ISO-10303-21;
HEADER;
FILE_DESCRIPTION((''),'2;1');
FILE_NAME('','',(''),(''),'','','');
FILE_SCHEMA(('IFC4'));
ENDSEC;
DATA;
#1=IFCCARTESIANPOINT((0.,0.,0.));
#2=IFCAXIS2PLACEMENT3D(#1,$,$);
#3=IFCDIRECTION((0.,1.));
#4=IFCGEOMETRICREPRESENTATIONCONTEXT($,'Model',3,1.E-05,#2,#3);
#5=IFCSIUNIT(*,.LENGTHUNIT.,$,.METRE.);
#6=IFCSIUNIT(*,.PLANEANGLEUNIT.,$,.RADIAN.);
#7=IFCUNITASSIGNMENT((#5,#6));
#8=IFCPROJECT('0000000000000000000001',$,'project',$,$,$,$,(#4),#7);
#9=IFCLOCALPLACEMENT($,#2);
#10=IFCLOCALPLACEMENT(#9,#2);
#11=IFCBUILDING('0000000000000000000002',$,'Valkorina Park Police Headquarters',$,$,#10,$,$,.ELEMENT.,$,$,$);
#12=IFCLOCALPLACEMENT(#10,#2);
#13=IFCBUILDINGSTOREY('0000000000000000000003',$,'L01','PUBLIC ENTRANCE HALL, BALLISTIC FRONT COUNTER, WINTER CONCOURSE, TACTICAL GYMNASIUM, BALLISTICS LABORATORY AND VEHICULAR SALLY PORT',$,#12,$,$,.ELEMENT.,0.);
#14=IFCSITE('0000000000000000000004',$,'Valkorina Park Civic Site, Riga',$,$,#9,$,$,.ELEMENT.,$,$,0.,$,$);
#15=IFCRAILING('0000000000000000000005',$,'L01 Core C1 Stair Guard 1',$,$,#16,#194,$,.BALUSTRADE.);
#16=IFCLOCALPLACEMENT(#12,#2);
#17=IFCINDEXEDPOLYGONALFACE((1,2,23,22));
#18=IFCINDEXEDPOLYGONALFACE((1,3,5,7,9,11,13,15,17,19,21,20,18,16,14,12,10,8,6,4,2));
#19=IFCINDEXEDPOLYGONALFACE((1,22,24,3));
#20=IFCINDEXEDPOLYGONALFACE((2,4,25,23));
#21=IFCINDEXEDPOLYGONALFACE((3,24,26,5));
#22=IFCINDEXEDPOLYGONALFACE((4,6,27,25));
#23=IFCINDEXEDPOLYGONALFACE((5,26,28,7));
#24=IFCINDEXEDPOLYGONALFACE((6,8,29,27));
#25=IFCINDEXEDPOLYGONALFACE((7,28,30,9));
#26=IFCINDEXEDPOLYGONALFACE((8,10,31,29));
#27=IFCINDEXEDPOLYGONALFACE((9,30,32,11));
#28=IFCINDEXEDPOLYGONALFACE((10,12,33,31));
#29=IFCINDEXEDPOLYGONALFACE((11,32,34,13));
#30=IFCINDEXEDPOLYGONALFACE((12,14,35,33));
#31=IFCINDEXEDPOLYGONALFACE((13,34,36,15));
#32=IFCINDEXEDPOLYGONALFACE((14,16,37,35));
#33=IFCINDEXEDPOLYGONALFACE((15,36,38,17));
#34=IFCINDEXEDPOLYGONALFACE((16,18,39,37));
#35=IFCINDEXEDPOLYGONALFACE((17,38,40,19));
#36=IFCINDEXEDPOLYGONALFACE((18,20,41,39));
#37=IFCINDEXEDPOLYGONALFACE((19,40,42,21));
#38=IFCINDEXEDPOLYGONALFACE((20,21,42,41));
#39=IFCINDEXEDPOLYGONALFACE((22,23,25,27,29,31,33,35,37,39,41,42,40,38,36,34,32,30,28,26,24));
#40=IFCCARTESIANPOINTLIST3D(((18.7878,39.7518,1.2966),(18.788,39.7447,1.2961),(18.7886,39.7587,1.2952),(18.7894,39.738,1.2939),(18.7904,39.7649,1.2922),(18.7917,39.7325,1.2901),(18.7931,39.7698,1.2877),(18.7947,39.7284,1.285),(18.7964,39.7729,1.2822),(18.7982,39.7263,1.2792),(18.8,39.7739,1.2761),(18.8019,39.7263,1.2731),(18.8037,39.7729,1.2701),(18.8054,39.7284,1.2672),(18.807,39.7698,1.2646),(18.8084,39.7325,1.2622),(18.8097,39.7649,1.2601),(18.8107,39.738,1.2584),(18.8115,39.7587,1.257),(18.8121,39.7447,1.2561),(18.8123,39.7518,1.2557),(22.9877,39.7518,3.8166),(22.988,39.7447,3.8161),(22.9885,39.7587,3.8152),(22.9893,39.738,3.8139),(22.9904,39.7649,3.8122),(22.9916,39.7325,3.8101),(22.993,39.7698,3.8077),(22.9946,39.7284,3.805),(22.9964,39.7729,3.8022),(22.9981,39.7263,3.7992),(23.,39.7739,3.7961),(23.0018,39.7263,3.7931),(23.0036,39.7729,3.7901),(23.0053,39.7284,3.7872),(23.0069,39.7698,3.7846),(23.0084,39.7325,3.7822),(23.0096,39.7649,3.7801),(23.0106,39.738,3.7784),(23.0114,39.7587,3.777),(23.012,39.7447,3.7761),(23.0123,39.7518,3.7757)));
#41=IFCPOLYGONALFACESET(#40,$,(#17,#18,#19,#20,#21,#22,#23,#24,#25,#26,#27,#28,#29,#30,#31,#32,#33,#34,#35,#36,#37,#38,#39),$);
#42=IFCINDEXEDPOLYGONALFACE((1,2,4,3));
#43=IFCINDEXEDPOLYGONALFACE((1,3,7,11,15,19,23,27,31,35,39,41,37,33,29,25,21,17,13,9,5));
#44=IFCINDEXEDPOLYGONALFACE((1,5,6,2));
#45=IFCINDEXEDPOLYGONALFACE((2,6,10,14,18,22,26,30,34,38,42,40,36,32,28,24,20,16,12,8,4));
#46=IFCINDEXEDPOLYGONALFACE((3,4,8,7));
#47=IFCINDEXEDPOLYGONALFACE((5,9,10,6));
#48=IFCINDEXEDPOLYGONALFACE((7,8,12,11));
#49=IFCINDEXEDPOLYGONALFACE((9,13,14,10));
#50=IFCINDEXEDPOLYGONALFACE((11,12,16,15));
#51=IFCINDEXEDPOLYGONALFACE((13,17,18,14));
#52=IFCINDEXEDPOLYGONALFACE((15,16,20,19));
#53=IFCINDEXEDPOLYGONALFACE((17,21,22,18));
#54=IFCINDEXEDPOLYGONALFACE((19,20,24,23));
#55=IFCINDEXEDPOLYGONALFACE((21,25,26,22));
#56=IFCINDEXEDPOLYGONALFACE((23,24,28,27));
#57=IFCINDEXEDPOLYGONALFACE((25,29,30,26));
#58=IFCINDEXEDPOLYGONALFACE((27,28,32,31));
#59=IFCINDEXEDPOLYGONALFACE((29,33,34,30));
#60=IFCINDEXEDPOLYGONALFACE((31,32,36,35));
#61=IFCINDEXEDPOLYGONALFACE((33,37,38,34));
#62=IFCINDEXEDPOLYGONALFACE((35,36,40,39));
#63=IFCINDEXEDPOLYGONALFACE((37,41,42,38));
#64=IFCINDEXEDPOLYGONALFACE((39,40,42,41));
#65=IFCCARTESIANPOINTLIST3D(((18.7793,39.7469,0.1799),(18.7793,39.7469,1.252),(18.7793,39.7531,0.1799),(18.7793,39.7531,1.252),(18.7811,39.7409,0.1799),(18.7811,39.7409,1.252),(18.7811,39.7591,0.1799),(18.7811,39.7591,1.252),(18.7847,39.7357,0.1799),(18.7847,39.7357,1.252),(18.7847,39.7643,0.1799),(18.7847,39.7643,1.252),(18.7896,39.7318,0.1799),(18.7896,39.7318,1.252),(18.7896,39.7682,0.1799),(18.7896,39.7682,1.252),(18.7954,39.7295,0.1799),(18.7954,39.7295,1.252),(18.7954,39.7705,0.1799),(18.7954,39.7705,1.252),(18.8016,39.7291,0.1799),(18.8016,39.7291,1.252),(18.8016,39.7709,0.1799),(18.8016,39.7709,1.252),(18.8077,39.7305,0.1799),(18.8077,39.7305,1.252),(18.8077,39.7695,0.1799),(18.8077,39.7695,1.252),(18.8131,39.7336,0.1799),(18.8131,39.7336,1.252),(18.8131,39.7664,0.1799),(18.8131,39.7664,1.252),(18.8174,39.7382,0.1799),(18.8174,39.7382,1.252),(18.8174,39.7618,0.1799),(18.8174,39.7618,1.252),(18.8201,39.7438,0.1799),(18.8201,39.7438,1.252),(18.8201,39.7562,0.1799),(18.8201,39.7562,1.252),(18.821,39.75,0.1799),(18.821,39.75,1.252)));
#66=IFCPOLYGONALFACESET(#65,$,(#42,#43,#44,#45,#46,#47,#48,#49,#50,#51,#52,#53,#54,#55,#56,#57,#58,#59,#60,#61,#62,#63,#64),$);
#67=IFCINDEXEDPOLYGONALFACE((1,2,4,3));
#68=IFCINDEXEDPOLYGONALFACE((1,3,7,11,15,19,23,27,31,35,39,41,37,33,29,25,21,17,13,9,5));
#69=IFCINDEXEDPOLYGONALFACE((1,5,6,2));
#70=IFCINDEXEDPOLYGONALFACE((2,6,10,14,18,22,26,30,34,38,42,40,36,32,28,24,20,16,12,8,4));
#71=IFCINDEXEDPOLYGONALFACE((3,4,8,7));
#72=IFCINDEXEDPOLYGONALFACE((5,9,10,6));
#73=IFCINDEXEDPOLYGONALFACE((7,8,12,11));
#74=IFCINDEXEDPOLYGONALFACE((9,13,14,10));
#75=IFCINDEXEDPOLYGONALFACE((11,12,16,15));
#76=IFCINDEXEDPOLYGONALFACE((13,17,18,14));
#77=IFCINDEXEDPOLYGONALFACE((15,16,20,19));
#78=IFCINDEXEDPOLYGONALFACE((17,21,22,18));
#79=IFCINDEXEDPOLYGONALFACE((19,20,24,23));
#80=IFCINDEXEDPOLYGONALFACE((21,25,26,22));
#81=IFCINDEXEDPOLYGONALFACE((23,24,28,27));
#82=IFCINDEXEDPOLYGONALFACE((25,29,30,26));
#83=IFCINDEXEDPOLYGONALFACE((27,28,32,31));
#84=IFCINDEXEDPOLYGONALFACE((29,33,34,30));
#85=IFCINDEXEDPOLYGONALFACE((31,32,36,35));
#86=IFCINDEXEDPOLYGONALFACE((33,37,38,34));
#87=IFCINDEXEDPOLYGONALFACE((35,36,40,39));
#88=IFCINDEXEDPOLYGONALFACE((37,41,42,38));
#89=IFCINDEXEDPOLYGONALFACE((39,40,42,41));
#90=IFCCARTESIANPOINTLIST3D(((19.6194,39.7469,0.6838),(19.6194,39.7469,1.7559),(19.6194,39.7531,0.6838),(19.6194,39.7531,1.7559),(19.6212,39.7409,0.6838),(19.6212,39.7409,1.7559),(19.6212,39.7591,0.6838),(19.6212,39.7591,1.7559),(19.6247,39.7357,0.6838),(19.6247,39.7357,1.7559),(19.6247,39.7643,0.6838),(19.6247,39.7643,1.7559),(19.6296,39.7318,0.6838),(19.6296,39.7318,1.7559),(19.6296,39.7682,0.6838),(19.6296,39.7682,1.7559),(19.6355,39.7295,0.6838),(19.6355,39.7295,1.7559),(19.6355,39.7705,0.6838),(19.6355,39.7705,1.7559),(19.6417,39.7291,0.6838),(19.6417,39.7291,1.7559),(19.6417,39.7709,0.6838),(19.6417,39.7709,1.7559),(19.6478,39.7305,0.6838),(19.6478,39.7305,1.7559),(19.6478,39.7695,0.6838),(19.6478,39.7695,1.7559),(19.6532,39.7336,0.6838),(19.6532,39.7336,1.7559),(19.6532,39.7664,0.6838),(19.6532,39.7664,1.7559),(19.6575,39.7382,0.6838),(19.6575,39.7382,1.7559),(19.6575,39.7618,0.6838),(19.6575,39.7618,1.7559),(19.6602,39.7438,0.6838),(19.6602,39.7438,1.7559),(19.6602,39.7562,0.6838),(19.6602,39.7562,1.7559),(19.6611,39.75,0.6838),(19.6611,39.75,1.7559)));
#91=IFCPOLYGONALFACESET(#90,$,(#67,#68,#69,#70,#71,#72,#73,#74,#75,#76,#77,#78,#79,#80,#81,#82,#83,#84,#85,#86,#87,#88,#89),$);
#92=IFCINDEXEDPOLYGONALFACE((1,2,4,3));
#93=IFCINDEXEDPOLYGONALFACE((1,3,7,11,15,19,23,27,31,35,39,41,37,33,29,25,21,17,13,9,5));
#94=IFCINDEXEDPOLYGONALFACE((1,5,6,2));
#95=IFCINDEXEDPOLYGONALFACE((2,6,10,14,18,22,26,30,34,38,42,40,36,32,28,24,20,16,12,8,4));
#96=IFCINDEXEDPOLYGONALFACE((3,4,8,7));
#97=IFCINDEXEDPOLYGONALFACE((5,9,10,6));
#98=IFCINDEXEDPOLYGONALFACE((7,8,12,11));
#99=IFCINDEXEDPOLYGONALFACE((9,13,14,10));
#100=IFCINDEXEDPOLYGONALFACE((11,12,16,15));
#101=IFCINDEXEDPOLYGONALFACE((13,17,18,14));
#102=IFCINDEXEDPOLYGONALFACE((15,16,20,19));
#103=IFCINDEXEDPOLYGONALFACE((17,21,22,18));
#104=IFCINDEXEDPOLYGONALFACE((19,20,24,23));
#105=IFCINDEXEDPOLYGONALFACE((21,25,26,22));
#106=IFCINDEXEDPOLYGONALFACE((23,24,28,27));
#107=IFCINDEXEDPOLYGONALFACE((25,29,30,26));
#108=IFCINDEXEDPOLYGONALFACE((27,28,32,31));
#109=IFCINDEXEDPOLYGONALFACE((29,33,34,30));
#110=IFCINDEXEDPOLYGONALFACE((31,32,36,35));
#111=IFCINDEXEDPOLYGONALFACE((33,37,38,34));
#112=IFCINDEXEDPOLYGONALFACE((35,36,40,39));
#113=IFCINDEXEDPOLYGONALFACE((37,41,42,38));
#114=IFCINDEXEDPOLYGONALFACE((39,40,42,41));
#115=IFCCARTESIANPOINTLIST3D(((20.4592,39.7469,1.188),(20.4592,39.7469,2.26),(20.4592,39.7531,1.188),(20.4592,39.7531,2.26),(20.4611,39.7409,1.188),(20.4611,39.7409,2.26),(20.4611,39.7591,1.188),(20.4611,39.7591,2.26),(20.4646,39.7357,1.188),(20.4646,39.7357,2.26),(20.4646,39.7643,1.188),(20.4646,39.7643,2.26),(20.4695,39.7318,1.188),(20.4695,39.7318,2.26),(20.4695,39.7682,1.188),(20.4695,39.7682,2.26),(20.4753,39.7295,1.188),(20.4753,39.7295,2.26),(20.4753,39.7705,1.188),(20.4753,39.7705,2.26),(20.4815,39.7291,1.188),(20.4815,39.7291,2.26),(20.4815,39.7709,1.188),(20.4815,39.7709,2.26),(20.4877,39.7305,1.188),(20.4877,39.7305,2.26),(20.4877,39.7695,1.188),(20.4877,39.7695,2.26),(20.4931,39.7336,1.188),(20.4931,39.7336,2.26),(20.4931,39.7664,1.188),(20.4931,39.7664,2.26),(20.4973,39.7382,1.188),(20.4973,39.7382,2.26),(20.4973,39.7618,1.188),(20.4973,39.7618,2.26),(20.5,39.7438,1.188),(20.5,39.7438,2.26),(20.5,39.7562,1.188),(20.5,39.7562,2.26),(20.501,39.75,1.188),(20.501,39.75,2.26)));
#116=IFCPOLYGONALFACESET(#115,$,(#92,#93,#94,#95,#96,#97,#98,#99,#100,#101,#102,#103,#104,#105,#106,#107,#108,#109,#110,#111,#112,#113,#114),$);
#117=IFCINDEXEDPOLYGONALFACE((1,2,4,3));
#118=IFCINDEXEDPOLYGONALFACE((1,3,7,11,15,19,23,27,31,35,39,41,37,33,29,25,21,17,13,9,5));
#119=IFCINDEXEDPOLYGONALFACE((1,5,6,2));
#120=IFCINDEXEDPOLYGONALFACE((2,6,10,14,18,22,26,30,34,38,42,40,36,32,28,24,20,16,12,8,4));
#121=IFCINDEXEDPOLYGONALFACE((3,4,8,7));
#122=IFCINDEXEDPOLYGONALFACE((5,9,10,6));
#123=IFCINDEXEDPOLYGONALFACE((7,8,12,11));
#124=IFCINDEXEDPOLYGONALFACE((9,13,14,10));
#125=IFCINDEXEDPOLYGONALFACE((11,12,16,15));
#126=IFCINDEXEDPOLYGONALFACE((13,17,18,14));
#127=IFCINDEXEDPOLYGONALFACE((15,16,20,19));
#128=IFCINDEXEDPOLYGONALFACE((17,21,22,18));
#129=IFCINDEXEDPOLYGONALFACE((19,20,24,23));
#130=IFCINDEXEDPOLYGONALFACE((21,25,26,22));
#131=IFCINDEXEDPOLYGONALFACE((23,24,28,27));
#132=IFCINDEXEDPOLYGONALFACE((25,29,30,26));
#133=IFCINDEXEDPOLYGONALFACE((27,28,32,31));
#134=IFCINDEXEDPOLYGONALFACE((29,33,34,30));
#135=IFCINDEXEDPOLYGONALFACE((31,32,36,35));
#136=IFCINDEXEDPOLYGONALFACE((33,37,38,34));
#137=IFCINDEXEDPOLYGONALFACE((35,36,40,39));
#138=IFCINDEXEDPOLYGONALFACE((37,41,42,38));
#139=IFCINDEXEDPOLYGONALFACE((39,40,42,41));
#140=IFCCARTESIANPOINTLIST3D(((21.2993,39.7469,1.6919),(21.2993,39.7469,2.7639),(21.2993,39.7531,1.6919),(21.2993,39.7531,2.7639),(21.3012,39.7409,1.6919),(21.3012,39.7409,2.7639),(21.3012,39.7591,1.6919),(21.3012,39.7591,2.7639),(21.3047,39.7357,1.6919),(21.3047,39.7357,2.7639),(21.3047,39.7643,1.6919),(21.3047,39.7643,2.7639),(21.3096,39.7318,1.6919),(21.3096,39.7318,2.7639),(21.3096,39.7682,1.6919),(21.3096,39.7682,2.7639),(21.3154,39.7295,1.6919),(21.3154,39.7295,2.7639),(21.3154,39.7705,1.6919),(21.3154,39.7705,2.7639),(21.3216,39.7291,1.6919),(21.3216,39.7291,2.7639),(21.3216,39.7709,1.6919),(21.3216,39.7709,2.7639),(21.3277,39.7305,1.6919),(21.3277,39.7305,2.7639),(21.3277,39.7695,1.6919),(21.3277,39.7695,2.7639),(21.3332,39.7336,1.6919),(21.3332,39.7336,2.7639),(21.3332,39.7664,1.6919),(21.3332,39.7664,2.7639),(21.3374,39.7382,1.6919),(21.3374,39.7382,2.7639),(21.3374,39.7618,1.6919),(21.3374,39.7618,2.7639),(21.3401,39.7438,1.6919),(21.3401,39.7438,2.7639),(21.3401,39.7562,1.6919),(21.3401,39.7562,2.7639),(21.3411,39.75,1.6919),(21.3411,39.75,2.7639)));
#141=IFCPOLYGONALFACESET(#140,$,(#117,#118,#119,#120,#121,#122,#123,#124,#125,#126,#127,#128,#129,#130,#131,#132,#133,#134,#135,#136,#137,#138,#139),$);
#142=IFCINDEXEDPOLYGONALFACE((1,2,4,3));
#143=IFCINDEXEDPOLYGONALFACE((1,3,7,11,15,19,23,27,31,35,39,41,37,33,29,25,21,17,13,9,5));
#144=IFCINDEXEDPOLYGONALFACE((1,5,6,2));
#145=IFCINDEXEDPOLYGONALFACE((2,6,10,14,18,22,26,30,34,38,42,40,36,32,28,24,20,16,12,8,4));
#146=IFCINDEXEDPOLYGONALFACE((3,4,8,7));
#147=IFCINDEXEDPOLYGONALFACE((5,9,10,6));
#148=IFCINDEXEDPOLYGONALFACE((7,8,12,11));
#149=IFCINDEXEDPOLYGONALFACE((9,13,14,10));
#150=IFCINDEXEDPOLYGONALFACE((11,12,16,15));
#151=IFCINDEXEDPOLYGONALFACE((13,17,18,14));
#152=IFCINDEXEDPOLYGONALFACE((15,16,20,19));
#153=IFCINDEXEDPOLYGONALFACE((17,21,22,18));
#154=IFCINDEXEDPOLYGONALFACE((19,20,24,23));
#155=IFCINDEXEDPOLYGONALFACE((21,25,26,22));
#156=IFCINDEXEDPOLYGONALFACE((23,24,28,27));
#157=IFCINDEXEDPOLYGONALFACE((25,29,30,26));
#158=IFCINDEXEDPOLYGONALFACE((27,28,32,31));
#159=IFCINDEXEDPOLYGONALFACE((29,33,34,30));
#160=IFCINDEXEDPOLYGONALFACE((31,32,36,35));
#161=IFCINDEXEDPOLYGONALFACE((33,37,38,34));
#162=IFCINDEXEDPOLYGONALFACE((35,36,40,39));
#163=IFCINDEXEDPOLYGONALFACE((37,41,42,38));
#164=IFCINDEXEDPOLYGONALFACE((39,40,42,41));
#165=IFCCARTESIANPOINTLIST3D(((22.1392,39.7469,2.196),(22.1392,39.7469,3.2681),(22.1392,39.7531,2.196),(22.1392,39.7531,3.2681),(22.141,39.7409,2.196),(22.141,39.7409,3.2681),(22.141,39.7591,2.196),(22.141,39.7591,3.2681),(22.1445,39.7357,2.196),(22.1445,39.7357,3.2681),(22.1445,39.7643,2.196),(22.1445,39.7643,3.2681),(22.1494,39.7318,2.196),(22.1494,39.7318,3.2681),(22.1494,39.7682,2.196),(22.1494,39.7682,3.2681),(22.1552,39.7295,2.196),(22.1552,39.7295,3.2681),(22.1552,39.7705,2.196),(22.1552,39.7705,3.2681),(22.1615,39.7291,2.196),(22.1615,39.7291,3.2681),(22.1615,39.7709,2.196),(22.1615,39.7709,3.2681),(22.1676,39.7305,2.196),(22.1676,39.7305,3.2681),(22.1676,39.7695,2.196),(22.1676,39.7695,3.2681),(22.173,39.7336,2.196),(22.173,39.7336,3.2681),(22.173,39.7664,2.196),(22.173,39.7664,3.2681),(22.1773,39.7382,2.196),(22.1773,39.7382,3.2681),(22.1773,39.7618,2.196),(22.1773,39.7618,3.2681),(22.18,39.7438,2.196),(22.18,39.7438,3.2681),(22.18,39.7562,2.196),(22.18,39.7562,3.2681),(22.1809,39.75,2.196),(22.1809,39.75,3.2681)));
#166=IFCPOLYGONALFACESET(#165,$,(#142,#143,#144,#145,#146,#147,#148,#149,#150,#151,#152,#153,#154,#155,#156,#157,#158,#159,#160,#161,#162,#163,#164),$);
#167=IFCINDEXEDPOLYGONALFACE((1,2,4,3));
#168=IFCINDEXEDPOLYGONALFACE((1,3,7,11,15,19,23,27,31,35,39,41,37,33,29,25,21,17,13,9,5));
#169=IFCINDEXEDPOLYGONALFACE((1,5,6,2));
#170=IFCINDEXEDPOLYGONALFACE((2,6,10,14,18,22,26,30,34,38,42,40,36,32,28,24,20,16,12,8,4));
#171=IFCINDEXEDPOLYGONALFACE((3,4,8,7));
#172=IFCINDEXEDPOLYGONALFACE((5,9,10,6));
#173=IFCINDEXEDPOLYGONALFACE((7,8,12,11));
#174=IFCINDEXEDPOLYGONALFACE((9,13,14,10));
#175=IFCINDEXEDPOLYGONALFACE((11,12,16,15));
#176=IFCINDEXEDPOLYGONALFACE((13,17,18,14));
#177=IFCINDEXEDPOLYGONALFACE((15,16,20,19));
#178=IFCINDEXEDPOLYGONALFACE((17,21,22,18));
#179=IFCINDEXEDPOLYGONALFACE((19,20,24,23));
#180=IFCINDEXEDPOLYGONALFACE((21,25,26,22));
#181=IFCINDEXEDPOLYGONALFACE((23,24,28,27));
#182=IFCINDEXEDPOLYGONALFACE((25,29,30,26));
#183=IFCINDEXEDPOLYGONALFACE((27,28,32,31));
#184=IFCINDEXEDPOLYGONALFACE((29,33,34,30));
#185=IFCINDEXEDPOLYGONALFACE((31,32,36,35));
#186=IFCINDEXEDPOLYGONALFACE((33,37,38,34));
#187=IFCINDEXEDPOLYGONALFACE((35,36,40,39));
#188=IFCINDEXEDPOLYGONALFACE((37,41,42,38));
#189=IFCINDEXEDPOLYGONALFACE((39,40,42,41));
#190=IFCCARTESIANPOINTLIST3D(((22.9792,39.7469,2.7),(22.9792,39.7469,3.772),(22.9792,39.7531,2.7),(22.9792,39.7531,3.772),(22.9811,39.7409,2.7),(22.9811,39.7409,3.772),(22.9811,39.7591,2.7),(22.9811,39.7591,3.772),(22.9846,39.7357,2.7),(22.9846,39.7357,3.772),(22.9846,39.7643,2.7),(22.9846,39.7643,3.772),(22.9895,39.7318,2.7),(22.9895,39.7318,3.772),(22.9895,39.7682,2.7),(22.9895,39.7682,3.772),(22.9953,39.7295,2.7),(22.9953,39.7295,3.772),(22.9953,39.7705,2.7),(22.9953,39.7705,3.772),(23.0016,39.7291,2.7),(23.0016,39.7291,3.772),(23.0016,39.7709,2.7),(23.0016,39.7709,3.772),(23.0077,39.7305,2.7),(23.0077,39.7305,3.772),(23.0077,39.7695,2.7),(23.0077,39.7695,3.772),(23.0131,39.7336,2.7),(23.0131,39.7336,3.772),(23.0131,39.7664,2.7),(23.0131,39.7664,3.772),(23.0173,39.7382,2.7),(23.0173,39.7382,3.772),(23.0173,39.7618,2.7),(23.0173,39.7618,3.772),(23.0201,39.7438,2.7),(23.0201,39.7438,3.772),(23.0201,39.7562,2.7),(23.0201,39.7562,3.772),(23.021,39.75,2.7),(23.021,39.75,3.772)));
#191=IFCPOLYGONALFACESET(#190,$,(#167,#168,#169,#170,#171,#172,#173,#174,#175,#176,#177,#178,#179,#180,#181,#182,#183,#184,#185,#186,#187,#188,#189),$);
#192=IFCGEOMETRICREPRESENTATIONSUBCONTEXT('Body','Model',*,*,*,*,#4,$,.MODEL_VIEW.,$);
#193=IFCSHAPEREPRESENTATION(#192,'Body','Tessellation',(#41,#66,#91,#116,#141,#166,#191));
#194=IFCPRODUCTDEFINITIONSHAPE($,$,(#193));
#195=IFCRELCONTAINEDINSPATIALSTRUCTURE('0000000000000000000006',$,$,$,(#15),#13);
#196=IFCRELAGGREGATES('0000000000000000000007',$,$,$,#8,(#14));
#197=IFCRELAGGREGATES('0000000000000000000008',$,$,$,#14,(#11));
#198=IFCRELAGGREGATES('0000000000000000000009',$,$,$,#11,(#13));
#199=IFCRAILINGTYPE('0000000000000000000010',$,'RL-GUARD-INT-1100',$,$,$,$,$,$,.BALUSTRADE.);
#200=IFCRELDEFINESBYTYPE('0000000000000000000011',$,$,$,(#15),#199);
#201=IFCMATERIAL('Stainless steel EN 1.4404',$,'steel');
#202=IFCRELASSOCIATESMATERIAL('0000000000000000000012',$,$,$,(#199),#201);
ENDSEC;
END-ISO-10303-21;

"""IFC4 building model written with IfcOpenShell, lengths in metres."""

from ifc_helpers import new_model, si_unit, direction, frame, origin, origin_2d, place, context, subcontext, project, spatial, circle, extrude, material, type_object, element, save


model = new_model("IFC4")

# Units and contexts
model_context = context("Model", 3, precision=1e-05, world=origin(), true_north=direction((0.0, 1.0)))
body_context = subcontext(model_context, "Body", "Model", "MODEL_VIEW")
ifc_project = project(units=[si_unit("LENGTHUNIT", "METRE"), si_unit("PLANEANGLEUNIT", "RADIAN")], contexts=[model_context])

# Site, building, storey
site_placement = place(None, origin())
site = spatial("IfcSite", under=ifc_project, at=site_placement, Name="Valkorina Park Civic Site, Riga", CompositionType="ELEMENT", RefElevation=0.0)
building_placement = place(site_placement, origin())
building = spatial("IfcBuilding", under=site, at=building_placement, Name="Valkorina Park Police Headquarters", CompositionType="ELEMENT")
storey_placement = place(building_placement, origin())
storey = spatial("IfcBuildingStorey", under=building, at=storey_placement, Name="L01", Description="PUBLIC ENTRANCE HALL, BALLISTIC FRONT COUNTER, WINTER CONCOURSE, TACTICAL GYMNASIUM, BALLISTICS LABORATORY AND VEHICULAR SALLY PORT", CompositionType="ELEMENT", Elevation=0.0)

# Shared definitions
ifc_material_1 = material(Name="Stainless steel EN 1.4404", Category="steel")

# Railing
railing_type_1 = type_object("IfcRailingType", Name="RL-GUARD-INT-1100", PredefinedType="BALUSTRADE", material=ifc_material_1)
railing_1_placement = place(storey_placement, frame((18.8, 39.75, 0.1799)))
element("IfcRailing", 1, at=railing_1_placement, inside=storey, type_object=railing_type_1, Name="L01 Core C1 Stair Guard 1", PredefinedType="BALUSTRADE", context=body_context, shape_type="SweptSolid", body=[
    extrude(circle(Radius=0.0239, at=origin_2d()), frame((0.0, 0.0, 1.0962), z_axis=(0.857489, 0.0, 0.514503), x_axis=(0.0, 1.0, 0.0)), (0.0, 0.0, 1.0), 4.8979),
    extrude(circle(Radius=0.021, at=origin_2d()), origin(), (0.0, 0.0, 1.0), 1.072),
    extrude(circle(Radius=0.021, at=origin_2d()), frame((0.8401, 0.0, 0.5039)), (0.0, 0.0, 1.0), 1.072),
    extrude(circle(Radius=0.021, at=origin_2d()), frame((1.6799, 0.0, 1.0081)), (0.0, 0.0, 1.0), 1.072),
    extrude(circle(Radius=0.021, at=origin_2d()), frame((2.52, 0.0, 1.512)), (0.0, 0.0, 1.0), 1.072),
    extrude(circle(Radius=0.021, at=origin_2d()), frame((3.3599, 0.0, 2.0161)), (0.0, 0.0, 1.0), 1.072),
    extrude(circle(Radius=0.021, at=origin_2d()), frame((4.2, 0.0, 2.52)), (0.0, 0.0, 1.0), 1.072),
])

save(model, "model.ifc")
